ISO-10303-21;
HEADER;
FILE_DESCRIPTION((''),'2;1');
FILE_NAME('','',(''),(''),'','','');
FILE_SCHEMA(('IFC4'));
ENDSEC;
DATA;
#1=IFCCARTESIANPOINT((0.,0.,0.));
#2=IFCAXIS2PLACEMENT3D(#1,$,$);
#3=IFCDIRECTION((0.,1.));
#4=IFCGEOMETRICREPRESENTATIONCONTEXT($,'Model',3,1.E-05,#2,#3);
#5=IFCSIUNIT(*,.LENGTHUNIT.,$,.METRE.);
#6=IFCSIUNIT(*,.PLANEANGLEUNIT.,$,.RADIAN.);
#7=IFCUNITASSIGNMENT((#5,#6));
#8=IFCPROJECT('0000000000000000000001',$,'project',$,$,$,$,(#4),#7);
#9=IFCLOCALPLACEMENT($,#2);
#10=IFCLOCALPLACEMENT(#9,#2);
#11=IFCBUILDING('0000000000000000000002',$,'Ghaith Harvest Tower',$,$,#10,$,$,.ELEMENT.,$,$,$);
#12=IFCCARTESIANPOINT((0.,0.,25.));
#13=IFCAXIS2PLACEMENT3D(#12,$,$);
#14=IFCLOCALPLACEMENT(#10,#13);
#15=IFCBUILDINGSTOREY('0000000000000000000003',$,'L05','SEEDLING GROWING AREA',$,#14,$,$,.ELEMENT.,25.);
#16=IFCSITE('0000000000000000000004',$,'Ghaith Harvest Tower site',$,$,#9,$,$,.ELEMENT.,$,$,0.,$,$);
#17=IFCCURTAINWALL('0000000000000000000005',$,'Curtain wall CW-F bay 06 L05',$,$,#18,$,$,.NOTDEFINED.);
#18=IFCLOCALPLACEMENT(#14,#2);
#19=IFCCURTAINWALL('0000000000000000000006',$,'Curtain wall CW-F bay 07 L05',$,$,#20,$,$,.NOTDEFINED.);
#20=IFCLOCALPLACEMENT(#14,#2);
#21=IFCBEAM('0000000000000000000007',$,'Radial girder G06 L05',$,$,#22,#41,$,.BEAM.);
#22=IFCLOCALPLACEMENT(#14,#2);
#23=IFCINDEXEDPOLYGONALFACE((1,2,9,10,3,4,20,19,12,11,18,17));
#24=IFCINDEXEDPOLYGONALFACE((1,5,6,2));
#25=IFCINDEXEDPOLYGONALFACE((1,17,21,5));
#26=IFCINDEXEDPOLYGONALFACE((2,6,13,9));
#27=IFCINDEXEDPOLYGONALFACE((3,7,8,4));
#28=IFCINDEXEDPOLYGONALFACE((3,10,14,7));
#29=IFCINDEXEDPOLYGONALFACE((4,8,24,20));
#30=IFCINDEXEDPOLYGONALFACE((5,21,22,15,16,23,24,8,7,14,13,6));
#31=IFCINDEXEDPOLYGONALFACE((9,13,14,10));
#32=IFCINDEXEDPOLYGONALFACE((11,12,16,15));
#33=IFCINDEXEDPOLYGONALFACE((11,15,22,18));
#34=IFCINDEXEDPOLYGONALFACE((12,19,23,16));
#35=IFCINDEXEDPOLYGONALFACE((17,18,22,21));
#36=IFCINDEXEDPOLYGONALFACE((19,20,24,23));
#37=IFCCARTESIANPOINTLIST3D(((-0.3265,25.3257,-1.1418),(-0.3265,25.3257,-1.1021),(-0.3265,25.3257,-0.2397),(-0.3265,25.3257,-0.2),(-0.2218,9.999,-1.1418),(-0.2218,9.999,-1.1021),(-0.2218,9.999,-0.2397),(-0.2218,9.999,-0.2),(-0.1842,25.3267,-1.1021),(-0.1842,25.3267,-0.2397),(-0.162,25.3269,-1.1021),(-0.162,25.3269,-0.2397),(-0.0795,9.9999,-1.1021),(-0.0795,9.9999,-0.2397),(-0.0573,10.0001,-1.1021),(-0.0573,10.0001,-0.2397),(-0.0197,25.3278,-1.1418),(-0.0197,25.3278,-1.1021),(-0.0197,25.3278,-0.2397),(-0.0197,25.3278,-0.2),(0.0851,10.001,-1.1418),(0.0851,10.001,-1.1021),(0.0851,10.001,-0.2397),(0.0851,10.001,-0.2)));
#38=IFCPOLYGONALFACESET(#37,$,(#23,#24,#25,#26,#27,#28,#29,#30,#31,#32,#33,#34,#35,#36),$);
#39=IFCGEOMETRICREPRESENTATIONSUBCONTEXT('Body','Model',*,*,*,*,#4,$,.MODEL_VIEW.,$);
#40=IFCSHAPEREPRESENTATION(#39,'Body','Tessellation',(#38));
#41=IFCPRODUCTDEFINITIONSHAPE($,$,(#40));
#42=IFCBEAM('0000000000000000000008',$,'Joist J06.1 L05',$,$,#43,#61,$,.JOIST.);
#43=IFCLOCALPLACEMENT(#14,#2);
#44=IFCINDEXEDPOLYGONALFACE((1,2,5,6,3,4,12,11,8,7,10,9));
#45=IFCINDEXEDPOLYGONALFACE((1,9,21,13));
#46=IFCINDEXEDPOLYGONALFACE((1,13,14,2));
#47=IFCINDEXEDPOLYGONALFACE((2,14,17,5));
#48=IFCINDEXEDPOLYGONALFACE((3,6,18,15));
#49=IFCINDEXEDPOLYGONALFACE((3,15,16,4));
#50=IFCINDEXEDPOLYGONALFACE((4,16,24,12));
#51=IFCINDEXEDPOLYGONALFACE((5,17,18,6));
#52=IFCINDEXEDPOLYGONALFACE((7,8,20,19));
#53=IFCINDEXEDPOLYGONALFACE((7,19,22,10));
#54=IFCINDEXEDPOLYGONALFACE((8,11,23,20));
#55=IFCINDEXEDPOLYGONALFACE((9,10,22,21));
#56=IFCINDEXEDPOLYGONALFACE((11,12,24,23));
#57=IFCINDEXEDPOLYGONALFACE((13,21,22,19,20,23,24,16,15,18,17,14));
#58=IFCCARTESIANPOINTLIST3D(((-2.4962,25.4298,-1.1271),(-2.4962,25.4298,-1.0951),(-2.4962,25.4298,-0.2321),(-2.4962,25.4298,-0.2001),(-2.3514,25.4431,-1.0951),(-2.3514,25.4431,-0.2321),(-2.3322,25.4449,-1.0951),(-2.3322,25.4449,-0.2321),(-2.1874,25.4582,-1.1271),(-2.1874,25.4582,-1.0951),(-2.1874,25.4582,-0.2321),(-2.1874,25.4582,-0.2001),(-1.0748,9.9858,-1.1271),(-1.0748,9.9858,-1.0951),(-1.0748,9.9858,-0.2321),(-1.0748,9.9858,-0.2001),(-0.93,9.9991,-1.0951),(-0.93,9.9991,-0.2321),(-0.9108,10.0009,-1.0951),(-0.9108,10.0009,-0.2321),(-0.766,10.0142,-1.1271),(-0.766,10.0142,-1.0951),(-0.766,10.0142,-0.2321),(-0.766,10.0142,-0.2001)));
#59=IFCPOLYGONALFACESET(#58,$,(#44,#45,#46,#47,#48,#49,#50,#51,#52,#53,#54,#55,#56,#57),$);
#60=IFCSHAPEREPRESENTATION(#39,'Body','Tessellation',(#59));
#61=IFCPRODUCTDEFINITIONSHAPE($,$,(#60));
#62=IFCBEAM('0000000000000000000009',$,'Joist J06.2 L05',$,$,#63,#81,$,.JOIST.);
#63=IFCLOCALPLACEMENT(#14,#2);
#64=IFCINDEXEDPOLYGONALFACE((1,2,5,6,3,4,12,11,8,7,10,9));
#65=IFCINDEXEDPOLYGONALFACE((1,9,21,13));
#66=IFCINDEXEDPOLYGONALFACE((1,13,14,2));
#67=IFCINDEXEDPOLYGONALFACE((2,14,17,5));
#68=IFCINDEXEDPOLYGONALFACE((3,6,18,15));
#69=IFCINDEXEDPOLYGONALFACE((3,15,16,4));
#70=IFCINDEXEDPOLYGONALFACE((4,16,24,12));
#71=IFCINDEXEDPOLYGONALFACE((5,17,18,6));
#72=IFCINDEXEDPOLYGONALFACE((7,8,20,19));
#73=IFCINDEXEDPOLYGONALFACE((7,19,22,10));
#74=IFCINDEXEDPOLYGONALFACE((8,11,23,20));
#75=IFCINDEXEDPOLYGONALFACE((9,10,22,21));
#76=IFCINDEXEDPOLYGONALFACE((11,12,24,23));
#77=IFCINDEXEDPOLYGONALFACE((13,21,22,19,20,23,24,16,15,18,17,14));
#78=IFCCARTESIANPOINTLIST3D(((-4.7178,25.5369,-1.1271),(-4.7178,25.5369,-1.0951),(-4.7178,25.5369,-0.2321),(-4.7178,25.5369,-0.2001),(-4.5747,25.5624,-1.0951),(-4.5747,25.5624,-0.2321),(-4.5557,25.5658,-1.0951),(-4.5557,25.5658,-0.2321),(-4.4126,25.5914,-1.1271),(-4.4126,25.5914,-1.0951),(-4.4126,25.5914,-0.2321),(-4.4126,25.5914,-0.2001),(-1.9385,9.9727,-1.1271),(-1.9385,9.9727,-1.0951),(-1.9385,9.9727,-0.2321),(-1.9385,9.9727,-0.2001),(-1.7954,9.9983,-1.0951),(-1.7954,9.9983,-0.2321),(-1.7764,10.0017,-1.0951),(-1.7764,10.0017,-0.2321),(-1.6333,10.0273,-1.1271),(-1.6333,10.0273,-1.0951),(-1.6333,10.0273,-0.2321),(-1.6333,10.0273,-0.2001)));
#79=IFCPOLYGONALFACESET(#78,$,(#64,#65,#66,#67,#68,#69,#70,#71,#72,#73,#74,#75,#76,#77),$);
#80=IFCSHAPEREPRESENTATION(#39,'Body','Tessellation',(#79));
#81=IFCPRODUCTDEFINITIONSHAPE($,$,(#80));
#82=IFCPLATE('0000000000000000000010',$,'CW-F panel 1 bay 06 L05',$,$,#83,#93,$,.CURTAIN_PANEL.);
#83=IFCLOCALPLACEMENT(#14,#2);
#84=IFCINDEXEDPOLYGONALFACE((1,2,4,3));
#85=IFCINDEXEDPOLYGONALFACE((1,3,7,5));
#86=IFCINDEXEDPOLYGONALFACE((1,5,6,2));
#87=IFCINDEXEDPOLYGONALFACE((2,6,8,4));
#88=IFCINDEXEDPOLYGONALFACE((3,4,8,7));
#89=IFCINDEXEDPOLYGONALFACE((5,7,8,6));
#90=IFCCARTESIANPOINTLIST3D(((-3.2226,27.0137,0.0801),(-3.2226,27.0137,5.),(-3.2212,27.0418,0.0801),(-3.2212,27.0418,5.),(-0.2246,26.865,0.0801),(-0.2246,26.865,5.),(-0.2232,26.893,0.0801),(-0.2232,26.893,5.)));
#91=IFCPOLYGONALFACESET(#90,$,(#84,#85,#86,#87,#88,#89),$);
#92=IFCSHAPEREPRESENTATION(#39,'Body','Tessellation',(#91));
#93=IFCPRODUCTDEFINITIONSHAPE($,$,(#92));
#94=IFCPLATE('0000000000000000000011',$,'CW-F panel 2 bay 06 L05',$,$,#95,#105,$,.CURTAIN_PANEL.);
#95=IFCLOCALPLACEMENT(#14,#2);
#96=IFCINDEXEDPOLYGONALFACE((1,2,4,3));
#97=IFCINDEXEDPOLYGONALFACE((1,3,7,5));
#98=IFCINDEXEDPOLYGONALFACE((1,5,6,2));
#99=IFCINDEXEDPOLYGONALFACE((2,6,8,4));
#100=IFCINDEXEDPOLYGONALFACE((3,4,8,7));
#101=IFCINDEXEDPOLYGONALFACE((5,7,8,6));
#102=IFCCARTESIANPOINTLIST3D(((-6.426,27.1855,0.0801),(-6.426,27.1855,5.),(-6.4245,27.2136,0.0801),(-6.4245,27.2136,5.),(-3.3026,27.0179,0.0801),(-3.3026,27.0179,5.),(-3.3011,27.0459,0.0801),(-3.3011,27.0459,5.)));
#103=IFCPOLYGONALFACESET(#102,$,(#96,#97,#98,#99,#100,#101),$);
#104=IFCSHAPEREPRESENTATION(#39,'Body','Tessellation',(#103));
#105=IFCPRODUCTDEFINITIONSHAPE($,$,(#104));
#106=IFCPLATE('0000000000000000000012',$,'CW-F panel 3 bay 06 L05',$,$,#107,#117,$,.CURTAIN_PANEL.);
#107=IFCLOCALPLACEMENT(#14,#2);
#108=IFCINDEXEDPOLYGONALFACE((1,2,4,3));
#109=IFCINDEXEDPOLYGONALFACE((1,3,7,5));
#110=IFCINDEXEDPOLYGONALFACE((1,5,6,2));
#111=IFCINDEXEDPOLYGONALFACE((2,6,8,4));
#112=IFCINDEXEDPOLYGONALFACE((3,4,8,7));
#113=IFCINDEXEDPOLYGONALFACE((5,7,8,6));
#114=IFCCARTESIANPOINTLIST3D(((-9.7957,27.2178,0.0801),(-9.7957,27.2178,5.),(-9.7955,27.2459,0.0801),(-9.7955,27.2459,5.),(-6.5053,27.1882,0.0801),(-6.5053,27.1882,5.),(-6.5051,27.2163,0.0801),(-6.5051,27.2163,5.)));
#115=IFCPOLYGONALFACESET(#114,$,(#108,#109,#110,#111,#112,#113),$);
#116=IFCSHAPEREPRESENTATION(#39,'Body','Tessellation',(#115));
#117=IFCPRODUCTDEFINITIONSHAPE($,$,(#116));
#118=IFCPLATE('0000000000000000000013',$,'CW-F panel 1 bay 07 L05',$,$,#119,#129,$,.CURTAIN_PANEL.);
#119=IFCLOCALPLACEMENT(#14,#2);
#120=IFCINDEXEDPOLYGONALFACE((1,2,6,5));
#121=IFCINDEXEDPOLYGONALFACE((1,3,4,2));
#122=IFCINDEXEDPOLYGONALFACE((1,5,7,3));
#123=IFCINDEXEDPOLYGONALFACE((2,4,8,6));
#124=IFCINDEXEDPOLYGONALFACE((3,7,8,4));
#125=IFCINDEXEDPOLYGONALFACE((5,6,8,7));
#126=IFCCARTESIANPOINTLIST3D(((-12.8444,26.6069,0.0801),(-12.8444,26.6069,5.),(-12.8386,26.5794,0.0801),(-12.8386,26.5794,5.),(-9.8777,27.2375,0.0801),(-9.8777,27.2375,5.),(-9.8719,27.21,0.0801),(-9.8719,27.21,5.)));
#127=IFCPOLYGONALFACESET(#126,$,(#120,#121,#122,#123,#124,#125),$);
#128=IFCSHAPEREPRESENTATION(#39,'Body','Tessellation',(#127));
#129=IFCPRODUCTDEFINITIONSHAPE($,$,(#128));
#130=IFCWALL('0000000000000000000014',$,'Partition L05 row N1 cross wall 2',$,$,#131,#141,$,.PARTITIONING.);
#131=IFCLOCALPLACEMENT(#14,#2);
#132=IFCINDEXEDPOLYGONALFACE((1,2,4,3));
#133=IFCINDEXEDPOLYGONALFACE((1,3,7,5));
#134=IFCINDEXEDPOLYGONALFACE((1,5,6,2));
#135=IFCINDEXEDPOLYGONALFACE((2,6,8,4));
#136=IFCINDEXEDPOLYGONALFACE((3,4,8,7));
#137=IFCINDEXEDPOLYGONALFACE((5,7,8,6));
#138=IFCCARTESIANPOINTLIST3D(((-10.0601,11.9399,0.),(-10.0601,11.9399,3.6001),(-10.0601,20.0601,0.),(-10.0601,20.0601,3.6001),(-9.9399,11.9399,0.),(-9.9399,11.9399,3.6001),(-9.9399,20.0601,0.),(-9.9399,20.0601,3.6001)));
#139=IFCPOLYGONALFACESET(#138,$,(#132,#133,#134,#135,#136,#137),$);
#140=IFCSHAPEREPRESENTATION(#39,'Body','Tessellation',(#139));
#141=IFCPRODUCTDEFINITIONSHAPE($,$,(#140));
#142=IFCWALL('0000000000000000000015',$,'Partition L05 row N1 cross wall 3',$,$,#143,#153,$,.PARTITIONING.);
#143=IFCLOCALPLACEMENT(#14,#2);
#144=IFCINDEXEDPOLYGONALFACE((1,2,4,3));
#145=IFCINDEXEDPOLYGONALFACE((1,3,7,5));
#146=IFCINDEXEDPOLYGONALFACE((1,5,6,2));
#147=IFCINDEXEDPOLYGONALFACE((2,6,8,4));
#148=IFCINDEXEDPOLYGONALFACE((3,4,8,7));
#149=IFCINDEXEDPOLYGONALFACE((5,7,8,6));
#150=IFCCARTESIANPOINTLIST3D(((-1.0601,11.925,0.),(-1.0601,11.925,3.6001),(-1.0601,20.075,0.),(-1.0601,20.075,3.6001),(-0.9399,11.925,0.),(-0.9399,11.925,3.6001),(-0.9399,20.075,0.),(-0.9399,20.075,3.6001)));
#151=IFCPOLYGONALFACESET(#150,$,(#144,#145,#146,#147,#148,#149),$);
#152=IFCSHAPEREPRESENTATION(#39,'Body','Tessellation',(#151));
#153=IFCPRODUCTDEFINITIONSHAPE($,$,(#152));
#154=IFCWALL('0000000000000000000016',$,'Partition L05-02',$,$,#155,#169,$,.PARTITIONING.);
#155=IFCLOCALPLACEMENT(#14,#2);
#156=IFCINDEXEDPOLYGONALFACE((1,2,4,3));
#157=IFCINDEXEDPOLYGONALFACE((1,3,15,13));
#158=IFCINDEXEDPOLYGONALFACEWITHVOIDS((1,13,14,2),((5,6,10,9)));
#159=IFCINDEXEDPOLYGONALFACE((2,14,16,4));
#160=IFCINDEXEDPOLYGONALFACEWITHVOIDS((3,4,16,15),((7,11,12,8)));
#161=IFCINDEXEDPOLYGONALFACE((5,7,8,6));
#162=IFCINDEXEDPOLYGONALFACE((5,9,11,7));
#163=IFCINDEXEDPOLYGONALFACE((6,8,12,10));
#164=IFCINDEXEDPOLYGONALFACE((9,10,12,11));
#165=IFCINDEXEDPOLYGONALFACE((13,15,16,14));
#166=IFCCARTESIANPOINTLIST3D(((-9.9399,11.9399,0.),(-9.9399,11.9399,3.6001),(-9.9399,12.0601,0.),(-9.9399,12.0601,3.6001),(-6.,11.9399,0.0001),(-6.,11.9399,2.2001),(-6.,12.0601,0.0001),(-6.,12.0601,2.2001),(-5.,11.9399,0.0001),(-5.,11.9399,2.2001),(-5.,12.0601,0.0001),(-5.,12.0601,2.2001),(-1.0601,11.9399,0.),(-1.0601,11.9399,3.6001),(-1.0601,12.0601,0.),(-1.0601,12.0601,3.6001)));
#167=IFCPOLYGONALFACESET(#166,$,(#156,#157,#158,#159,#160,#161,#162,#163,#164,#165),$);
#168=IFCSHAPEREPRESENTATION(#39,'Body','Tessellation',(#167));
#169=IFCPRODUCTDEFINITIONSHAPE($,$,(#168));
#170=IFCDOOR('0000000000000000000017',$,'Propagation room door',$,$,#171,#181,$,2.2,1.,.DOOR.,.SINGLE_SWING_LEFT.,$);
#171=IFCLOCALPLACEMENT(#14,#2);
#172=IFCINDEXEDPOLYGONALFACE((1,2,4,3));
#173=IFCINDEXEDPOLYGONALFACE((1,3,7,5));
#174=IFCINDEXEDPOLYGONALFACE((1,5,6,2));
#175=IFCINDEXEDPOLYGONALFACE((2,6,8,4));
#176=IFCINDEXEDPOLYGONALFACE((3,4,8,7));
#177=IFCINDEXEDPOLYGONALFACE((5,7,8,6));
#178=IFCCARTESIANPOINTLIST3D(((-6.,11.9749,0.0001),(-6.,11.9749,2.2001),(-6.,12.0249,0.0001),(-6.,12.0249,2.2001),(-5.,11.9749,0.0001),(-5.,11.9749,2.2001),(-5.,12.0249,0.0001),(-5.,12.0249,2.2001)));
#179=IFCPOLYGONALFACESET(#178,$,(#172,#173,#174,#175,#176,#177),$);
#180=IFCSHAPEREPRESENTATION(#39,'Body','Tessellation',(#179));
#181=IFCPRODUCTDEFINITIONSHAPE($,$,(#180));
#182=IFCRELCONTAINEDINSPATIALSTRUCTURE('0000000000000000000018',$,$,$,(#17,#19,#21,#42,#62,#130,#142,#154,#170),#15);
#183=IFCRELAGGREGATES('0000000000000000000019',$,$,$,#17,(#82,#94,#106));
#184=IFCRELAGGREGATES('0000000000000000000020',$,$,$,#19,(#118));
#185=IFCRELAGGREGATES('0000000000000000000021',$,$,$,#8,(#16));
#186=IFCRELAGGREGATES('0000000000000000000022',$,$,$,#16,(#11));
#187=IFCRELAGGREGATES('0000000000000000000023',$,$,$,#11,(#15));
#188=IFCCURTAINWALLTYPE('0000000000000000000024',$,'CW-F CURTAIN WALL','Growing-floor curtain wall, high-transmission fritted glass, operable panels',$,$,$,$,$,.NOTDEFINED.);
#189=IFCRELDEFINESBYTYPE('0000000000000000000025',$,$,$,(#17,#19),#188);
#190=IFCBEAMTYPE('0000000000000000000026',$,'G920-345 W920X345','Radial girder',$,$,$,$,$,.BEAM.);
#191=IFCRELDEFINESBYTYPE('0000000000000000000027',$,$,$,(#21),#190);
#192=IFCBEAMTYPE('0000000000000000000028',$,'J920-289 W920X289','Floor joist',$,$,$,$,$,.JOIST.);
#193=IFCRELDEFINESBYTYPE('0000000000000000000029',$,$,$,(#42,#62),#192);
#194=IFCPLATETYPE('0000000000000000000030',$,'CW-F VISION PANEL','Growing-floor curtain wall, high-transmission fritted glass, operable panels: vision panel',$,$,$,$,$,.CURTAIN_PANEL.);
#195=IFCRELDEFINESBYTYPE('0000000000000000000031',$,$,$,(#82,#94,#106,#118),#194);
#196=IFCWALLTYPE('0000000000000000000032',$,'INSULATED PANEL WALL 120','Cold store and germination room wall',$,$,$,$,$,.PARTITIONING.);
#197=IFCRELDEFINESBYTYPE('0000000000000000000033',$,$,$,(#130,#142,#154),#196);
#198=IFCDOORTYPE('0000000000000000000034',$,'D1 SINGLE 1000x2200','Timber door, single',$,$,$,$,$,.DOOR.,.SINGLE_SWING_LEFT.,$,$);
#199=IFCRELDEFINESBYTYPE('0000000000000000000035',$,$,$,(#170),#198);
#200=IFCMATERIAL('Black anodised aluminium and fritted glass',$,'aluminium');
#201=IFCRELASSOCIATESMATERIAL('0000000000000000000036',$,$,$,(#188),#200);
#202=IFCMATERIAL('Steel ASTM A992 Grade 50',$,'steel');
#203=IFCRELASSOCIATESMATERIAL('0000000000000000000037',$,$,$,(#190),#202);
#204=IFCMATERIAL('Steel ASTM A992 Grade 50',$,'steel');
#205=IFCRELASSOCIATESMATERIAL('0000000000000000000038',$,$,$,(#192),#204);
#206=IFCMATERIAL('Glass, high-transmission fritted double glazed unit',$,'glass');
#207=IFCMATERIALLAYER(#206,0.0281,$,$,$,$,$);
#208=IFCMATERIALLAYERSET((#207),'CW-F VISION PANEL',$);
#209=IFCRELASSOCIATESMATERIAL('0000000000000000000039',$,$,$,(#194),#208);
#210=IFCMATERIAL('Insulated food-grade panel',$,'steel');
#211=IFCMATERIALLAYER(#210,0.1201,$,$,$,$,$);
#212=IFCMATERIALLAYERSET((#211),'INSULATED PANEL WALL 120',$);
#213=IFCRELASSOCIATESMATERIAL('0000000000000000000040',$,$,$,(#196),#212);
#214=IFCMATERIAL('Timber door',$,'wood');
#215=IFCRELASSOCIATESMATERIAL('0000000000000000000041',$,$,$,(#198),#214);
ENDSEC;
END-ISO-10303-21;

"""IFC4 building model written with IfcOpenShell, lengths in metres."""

from ifc_helpers import new_model, si_unit, direction, frame, frame_2d, origin, origin_2d, place, context, subcontext, project, spatial, rectangle, i_section, extrude, material, layer, layer_set, material_profile, profile_set, type_object, element, fill, aggregate, save


model = new_model("IFC4")

# Units and contexts
model_context = context("Model", 3, precision=1e-05, world=origin(), true_north=direction((0.0, 1.0)))
body_context = subcontext(model_context, "Body", "Model", "MODEL_VIEW")
ifc_project = project(units=[si_unit("LENGTHUNIT", "METRE"), si_unit("PLANEANGLEUNIT", "RADIAN")], contexts=[model_context])

# Site, building, storey
site_placement = place(None, origin())
site = spatial("IfcSite", under=ifc_project, at=site_placement, Name="Ghaith Harvest Tower site", CompositionType="ELEMENT", RefElevation=0.0)
building_placement = place(site_placement, origin())
building = spatial("IfcBuilding", under=site, at=building_placement, Name="Ghaith Harvest Tower", CompositionType="ELEMENT")
storey_placement = place(building_placement, frame((0.0, 0.0, 25.0)))
storey = spatial("IfcBuildingStorey", under=building, at=storey_placement, Name="L05", Description="SEEDLING GROWING AREA", CompositionType="ELEMENT", Elevation=25.0)

# Curtain wall
ifc_material_1 = material(Name="Black anodised aluminium and fritted glass", Category="aluminium")
curtain_wall_type = type_object("IfcCurtainWallType", Name="CW-F CURTAIN WALL", Description="Growing-floor curtain wall, high-transmission fritted glass, operable panels", PredefinedType="NOTDEFINED", material=ifc_material_1)
curtain_wall_1_placement = place(storey_placement, origin())
curtain_wall_1 = element("IfcCurtainWall", 1, at=curtain_wall_1_placement, inside=storey, type_object=curtain_wall_type, Name="Curtain wall CW-F bay 06 L05", PredefinedType="NOTDEFINED")

# Curtain wall
curtain_wall_2_placement = place(storey_placement, origin())
curtain_wall_2 = element("IfcCurtainWall", 2, at=curtain_wall_2_placement, inside=storey, type_object=curtain_wall_type, Name="Curtain wall CW-F bay 07 L05", PredefinedType="NOTDEFINED")

# Beams
ifc_material_2 = material(Name="Steel ASTM A992 Grade 50", Category="steel")
ifc_material_profile_1 = material_profile(ifc_material_2, i_section(OverallWidth=0.3069, OverallDepth=0.9419, WebThickness=0.0222, FlangeThickness=0.0398, at=origin_2d()), Name="W920X345")
ifc_profile_set_1 = profile_set([ifc_material_profile_1], Name="Steel ASTM A992 Grade 50")
beam_type_1 = type_object("IfcBeamType", Name="G920-345 W920X345", Description="Radial girder", PredefinedType="BEAM", material=ifc_profile_set_1)
beam_1_placement = place(storey_placement, frame((-0.0684, 10.0, -0.6709), z_axis=(-0.006833, 0.999977, 0.0), x_axis=(-0.999977, -0.006833, 0.0)))
element("IfcBeam", 3, at=beam_1_placement, inside=storey, type_object=beam_type_1, Name="Radial girder G06 L05", PredefinedType="BEAM", context=body_context, shape_type="SweptSolid", body=[
    extrude(i_section(OverallWidth=0.3069, OverallDepth=0.9419, WebThickness=0.0222, FlangeThickness=0.0398, at=origin_2d()), origin(), (0.0, 0.0, 1.0), 15.3271),
])
ifc_material_3 = material(Name="Steel ASTM A992 Grade 50", Category="steel")
ifc_material_profile_2 = material_profile(ifc_material_3, i_section(OverallWidth=0.3101, OverallDepth=0.927, WebThickness=0.0193, FlangeThickness=0.032, at=origin_2d()), Name="W920X289")
ifc_profile_set_2 = profile_set([ifc_material_profile_2], Name="Steel ASTM A992 Grade 50")
beam_type_2 = type_object("IfcBeamType", Name="J920-289 W920X289", Description="Floor joist", PredefinedType="JOIST", material=ifc_profile_set_2)
beam_2_placement = place(storey_placement, frame((-0.9204, 10.0, -0.6636), z_axis=(-0.091647, 0.995792, 0.0), x_axis=(-0.995792, -0.091647, 0.0)))
element("IfcBeam", 4, at=beam_2_placement, inside=storey, type_object=beam_type_2, Name="Joist J06.1 L05", PredefinedType="JOIST", context=body_context, shape_type="SweptSolid", body=[
    extrude(i_section(OverallWidth=0.3101, OverallDepth=0.927, WebThickness=0.0193, FlangeThickness=0.032, at=origin_2d()), origin(), (0.0, 0.0, 1.0), 15.5093),
])
beam_3_placement = place(storey_placement, frame((-1.7859, 10.0, -0.6636), z_axis=(-0.175789, 0.984428, 0.0), x_axis=(-0.984428, -0.175789, 0.0)))
element("IfcBeam", 5, at=beam_3_placement, inside=storey, type_object=beam_type_2, Name="Joist J06.2 L05", PredefinedType="JOIST", context=body_context, shape_type="SweptSolid", body=[
    extrude(i_section(OverallWidth=0.3101, OverallDepth=0.927, WebThickness=0.0193, FlangeThickness=0.032, at=origin_2d()), origin(), (0.0, 0.0, 1.0), 15.8103),
])

# Plates
ifc_material_4 = material(Name="Glass, high-transmission fritted double glazed unit", Category="glass")
ifc_layer_1 = layer(ifc_material_4, 0.0281)
ifc_layer_set_1 = layer_set([ifc_layer_1], Name="CW-F VISION PANEL")
plate_type = type_object("IfcPlateType", Name="CW-F VISION PANEL", Description="Growing-floor curtain wall, high-transmission fritted glass, operable panels: vision panel", PredefinedType="CURTAIN_PANEL", material=ifc_layer_set_1)
plate_1_placement = place(storey_placement, frame((-1.7229, 26.9534, 0.0801), z_axis=(0.0, 0.0, 1.0), x_axis=(-0.998771, 0.049554, 0.0)))
plate_1 = element("IfcPlate", 6, at=plate_1_placement, type_object=plate_type, Name="CW-F panel 1 bay 06 L05", PredefinedType="CURTAIN_PANEL", context=body_context, shape_type="SweptSolid", body=[
    extrude(rectangle(XDim=3.0017, YDim=0.0281, at=origin_2d()), origin(), (0.0, 0.0, 1.0), 4.9199),
])
plate_2_placement = place(storey_placement, frame((-4.8635, 27.1157, 0.0801), z_axis=(0.0, 0.0, 1.0), x_axis=(-0.998563, 0.0536, 0.0)))
plate_2 = element("IfcPlate", 7, at=plate_2_placement, type_object=plate_type, Name="CW-F panel 2 bay 06 L05", PredefinedType="CURTAIN_PANEL", context=body_context, shape_type="SweptSolid", body=[
    extrude(rectangle(XDim=3.1279, YDim=0.0281, at=origin_2d()), origin(), (0.0, 0.0, 1.0), 4.9199),
])
plate_3_placement = place(storey_placement, frame((-8.1504, 27.217, 0.0801), z_axis=(0.0, 0.0, 1.0), x_axis=(-0.99996, 0.008988, 0.0)))
plate_3 = element("IfcPlate", 8, at=plate_3_placement, type_object=plate_type, Name="CW-F panel 3 bay 06 L05", PredefinedType="CURTAIN_PANEL", context=body_context, shape_type="SweptSolid", body=[
    extrude(rectangle(XDim=3.2905, YDim=0.0281, at=origin_2d()), origin(), (0.0, 0.0, 1.0), 4.9199),
])
aggregate(curtain_wall_1, [plate_1, plate_2, plate_3])
plate_4_placement = place(storey_placement, frame((-11.3582, 26.9084, 0.0801), z_axis=(0.0, 0.0, 1.0), x_axis=(-0.978149, -0.207904, 0.0)))
plate_4 = element("IfcPlate", 9, at=plate_4_placement, type_object=plate_type, Name="CW-F panel 1 bay 07 L05", PredefinedType="CURTAIN_PANEL", context=body_context, shape_type="SweptSolid", body=[
    extrude(rectangle(XDim=3.033, YDim=0.0281, at=origin_2d()), origin(), (0.0, 0.0, 1.0), 4.9199),
])
aggregate(curtain_wall_2, [plate_4])

# Walls
ifc_material_5 = material(Name="Insulated food-grade panel", Category="steel")
ifc_layer_2 = layer(ifc_material_5, 0.1201)
ifc_layer_set_2 = layer_set([ifc_layer_2], Name="INSULATED PANEL WALL 120")
wall_type_1 = type_object("IfcWallType", Name="INSULATED PANEL WALL 120", Description="Cold store and germination room wall", PredefinedType="PARTITIONING", material=ifc_layer_set_2)
wall_1_placement = place(storey_placement, frame((-10.0, 11.9399, 0.0), z_axis=(0.0, 0.0, 1.0), x_axis=(0.0, 1.0, 0.0)))
element("IfcWall", 10, at=wall_1_placement, inside=storey, type_object=wall_type_1, Name="Partition L05 row N1 cross wall 2", PredefinedType="PARTITIONING", context=body_context, shape_type="SweptSolid", body=[
    extrude(rectangle(XDim=8.1201, YDim=0.1201, at=frame_2d((4.0601, 0.0))), origin(), (0.0, 0.0, 1.0), 3.6001),
])
wall_2_placement = place(storey_placement, frame((-1.0, 11.925, 0.0), z_axis=(0.0, 0.0, 1.0), x_axis=(0.0, 1.0, 0.0)))
element("IfcWall", 11, at=wall_2_placement, inside=storey, type_object=wall_type_1, Name="Partition L05 row N1 cross wall 3", PredefinedType="PARTITIONING", context=body_context, shape_type="SweptSolid", body=[
    extrude(rectangle(XDim=8.1499, YDim=0.1201, at=frame_2d((4.075, 0.0))), origin(), (0.0, 0.0, 1.0), 3.6001),
])

# Wall, opening, door
wall_3_placement = place(storey_placement, frame((-9.9399, 12.0, 0.0), z_axis=(0.0, 0.0, 1.0), x_axis=(1.0, 0.0, 0.0)))
wall_3 = element("IfcWall", 12, at=wall_3_placement, inside=storey, type_object=wall_type_1, Name="Partition L05-02", PredefinedType="PARTITIONING", context=body_context, shape_type="SweptSolid", body=[
    extrude(rectangle(XDim=8.8799, YDim=0.1201, at=frame_2d((4.4399, 0.0))), origin(), (0.0, 0.0, 1.0), 3.6001),
])
opening_1_placement = place(wall_3_placement, frame((3.9399, 0.0, 0.0)))
opening_1 = element("IfcOpeningElement", 13, at=opening_1_placement, cuts=wall_3, PredefinedType="OPENING", context=body_context, shape_type="SweptSolid", body=[
    extrude(rectangle(XDim=1.0, YDim=2.2, at=frame_2d((0.5, 1.1001))), frame((0.0, 0.0701, 0.0), z_axis=(0.0, -1.0, 0.0), x_axis=(1.0, 0.0, 0.0)), (0.0, 0.0, 1.0), 0.1401),
])
ifc_material_6 = material(Name="Timber door", Category="wood")
door_type_1 = type_object("IfcDoorType", Name="D1 SINGLE 1000x2200", Description="Timber door, single", OperationType="SINGLE_SWING_LEFT", PredefinedType="DOOR", material=ifc_material_6)
door_1_placement = place(opening_1_placement, origin())
door_1 = element("IfcDoor", 14, at=door_1_placement, inside=storey, type_object=door_type_1, Name="Propagation room door", OperationType="SINGLE_SWING_LEFT", OverallHeight=2.2, OverallWidth=1.0, PredefinedType="DOOR", context=body_context, shape_type="SweptSolid", body=[
    extrude(rectangle(XDim=1.0, YDim=2.2, at=frame_2d((0.5, 1.1001))), frame((0.0, 0.0249, 0.0), z_axis=(0.0, -1.0, 0.0), x_axis=(1.0, 0.0, 0.0)), (0.0, 0.0, 1.0), 0.05),
])
fill(opening_1, door_1)

save(model, "model.ifc")
